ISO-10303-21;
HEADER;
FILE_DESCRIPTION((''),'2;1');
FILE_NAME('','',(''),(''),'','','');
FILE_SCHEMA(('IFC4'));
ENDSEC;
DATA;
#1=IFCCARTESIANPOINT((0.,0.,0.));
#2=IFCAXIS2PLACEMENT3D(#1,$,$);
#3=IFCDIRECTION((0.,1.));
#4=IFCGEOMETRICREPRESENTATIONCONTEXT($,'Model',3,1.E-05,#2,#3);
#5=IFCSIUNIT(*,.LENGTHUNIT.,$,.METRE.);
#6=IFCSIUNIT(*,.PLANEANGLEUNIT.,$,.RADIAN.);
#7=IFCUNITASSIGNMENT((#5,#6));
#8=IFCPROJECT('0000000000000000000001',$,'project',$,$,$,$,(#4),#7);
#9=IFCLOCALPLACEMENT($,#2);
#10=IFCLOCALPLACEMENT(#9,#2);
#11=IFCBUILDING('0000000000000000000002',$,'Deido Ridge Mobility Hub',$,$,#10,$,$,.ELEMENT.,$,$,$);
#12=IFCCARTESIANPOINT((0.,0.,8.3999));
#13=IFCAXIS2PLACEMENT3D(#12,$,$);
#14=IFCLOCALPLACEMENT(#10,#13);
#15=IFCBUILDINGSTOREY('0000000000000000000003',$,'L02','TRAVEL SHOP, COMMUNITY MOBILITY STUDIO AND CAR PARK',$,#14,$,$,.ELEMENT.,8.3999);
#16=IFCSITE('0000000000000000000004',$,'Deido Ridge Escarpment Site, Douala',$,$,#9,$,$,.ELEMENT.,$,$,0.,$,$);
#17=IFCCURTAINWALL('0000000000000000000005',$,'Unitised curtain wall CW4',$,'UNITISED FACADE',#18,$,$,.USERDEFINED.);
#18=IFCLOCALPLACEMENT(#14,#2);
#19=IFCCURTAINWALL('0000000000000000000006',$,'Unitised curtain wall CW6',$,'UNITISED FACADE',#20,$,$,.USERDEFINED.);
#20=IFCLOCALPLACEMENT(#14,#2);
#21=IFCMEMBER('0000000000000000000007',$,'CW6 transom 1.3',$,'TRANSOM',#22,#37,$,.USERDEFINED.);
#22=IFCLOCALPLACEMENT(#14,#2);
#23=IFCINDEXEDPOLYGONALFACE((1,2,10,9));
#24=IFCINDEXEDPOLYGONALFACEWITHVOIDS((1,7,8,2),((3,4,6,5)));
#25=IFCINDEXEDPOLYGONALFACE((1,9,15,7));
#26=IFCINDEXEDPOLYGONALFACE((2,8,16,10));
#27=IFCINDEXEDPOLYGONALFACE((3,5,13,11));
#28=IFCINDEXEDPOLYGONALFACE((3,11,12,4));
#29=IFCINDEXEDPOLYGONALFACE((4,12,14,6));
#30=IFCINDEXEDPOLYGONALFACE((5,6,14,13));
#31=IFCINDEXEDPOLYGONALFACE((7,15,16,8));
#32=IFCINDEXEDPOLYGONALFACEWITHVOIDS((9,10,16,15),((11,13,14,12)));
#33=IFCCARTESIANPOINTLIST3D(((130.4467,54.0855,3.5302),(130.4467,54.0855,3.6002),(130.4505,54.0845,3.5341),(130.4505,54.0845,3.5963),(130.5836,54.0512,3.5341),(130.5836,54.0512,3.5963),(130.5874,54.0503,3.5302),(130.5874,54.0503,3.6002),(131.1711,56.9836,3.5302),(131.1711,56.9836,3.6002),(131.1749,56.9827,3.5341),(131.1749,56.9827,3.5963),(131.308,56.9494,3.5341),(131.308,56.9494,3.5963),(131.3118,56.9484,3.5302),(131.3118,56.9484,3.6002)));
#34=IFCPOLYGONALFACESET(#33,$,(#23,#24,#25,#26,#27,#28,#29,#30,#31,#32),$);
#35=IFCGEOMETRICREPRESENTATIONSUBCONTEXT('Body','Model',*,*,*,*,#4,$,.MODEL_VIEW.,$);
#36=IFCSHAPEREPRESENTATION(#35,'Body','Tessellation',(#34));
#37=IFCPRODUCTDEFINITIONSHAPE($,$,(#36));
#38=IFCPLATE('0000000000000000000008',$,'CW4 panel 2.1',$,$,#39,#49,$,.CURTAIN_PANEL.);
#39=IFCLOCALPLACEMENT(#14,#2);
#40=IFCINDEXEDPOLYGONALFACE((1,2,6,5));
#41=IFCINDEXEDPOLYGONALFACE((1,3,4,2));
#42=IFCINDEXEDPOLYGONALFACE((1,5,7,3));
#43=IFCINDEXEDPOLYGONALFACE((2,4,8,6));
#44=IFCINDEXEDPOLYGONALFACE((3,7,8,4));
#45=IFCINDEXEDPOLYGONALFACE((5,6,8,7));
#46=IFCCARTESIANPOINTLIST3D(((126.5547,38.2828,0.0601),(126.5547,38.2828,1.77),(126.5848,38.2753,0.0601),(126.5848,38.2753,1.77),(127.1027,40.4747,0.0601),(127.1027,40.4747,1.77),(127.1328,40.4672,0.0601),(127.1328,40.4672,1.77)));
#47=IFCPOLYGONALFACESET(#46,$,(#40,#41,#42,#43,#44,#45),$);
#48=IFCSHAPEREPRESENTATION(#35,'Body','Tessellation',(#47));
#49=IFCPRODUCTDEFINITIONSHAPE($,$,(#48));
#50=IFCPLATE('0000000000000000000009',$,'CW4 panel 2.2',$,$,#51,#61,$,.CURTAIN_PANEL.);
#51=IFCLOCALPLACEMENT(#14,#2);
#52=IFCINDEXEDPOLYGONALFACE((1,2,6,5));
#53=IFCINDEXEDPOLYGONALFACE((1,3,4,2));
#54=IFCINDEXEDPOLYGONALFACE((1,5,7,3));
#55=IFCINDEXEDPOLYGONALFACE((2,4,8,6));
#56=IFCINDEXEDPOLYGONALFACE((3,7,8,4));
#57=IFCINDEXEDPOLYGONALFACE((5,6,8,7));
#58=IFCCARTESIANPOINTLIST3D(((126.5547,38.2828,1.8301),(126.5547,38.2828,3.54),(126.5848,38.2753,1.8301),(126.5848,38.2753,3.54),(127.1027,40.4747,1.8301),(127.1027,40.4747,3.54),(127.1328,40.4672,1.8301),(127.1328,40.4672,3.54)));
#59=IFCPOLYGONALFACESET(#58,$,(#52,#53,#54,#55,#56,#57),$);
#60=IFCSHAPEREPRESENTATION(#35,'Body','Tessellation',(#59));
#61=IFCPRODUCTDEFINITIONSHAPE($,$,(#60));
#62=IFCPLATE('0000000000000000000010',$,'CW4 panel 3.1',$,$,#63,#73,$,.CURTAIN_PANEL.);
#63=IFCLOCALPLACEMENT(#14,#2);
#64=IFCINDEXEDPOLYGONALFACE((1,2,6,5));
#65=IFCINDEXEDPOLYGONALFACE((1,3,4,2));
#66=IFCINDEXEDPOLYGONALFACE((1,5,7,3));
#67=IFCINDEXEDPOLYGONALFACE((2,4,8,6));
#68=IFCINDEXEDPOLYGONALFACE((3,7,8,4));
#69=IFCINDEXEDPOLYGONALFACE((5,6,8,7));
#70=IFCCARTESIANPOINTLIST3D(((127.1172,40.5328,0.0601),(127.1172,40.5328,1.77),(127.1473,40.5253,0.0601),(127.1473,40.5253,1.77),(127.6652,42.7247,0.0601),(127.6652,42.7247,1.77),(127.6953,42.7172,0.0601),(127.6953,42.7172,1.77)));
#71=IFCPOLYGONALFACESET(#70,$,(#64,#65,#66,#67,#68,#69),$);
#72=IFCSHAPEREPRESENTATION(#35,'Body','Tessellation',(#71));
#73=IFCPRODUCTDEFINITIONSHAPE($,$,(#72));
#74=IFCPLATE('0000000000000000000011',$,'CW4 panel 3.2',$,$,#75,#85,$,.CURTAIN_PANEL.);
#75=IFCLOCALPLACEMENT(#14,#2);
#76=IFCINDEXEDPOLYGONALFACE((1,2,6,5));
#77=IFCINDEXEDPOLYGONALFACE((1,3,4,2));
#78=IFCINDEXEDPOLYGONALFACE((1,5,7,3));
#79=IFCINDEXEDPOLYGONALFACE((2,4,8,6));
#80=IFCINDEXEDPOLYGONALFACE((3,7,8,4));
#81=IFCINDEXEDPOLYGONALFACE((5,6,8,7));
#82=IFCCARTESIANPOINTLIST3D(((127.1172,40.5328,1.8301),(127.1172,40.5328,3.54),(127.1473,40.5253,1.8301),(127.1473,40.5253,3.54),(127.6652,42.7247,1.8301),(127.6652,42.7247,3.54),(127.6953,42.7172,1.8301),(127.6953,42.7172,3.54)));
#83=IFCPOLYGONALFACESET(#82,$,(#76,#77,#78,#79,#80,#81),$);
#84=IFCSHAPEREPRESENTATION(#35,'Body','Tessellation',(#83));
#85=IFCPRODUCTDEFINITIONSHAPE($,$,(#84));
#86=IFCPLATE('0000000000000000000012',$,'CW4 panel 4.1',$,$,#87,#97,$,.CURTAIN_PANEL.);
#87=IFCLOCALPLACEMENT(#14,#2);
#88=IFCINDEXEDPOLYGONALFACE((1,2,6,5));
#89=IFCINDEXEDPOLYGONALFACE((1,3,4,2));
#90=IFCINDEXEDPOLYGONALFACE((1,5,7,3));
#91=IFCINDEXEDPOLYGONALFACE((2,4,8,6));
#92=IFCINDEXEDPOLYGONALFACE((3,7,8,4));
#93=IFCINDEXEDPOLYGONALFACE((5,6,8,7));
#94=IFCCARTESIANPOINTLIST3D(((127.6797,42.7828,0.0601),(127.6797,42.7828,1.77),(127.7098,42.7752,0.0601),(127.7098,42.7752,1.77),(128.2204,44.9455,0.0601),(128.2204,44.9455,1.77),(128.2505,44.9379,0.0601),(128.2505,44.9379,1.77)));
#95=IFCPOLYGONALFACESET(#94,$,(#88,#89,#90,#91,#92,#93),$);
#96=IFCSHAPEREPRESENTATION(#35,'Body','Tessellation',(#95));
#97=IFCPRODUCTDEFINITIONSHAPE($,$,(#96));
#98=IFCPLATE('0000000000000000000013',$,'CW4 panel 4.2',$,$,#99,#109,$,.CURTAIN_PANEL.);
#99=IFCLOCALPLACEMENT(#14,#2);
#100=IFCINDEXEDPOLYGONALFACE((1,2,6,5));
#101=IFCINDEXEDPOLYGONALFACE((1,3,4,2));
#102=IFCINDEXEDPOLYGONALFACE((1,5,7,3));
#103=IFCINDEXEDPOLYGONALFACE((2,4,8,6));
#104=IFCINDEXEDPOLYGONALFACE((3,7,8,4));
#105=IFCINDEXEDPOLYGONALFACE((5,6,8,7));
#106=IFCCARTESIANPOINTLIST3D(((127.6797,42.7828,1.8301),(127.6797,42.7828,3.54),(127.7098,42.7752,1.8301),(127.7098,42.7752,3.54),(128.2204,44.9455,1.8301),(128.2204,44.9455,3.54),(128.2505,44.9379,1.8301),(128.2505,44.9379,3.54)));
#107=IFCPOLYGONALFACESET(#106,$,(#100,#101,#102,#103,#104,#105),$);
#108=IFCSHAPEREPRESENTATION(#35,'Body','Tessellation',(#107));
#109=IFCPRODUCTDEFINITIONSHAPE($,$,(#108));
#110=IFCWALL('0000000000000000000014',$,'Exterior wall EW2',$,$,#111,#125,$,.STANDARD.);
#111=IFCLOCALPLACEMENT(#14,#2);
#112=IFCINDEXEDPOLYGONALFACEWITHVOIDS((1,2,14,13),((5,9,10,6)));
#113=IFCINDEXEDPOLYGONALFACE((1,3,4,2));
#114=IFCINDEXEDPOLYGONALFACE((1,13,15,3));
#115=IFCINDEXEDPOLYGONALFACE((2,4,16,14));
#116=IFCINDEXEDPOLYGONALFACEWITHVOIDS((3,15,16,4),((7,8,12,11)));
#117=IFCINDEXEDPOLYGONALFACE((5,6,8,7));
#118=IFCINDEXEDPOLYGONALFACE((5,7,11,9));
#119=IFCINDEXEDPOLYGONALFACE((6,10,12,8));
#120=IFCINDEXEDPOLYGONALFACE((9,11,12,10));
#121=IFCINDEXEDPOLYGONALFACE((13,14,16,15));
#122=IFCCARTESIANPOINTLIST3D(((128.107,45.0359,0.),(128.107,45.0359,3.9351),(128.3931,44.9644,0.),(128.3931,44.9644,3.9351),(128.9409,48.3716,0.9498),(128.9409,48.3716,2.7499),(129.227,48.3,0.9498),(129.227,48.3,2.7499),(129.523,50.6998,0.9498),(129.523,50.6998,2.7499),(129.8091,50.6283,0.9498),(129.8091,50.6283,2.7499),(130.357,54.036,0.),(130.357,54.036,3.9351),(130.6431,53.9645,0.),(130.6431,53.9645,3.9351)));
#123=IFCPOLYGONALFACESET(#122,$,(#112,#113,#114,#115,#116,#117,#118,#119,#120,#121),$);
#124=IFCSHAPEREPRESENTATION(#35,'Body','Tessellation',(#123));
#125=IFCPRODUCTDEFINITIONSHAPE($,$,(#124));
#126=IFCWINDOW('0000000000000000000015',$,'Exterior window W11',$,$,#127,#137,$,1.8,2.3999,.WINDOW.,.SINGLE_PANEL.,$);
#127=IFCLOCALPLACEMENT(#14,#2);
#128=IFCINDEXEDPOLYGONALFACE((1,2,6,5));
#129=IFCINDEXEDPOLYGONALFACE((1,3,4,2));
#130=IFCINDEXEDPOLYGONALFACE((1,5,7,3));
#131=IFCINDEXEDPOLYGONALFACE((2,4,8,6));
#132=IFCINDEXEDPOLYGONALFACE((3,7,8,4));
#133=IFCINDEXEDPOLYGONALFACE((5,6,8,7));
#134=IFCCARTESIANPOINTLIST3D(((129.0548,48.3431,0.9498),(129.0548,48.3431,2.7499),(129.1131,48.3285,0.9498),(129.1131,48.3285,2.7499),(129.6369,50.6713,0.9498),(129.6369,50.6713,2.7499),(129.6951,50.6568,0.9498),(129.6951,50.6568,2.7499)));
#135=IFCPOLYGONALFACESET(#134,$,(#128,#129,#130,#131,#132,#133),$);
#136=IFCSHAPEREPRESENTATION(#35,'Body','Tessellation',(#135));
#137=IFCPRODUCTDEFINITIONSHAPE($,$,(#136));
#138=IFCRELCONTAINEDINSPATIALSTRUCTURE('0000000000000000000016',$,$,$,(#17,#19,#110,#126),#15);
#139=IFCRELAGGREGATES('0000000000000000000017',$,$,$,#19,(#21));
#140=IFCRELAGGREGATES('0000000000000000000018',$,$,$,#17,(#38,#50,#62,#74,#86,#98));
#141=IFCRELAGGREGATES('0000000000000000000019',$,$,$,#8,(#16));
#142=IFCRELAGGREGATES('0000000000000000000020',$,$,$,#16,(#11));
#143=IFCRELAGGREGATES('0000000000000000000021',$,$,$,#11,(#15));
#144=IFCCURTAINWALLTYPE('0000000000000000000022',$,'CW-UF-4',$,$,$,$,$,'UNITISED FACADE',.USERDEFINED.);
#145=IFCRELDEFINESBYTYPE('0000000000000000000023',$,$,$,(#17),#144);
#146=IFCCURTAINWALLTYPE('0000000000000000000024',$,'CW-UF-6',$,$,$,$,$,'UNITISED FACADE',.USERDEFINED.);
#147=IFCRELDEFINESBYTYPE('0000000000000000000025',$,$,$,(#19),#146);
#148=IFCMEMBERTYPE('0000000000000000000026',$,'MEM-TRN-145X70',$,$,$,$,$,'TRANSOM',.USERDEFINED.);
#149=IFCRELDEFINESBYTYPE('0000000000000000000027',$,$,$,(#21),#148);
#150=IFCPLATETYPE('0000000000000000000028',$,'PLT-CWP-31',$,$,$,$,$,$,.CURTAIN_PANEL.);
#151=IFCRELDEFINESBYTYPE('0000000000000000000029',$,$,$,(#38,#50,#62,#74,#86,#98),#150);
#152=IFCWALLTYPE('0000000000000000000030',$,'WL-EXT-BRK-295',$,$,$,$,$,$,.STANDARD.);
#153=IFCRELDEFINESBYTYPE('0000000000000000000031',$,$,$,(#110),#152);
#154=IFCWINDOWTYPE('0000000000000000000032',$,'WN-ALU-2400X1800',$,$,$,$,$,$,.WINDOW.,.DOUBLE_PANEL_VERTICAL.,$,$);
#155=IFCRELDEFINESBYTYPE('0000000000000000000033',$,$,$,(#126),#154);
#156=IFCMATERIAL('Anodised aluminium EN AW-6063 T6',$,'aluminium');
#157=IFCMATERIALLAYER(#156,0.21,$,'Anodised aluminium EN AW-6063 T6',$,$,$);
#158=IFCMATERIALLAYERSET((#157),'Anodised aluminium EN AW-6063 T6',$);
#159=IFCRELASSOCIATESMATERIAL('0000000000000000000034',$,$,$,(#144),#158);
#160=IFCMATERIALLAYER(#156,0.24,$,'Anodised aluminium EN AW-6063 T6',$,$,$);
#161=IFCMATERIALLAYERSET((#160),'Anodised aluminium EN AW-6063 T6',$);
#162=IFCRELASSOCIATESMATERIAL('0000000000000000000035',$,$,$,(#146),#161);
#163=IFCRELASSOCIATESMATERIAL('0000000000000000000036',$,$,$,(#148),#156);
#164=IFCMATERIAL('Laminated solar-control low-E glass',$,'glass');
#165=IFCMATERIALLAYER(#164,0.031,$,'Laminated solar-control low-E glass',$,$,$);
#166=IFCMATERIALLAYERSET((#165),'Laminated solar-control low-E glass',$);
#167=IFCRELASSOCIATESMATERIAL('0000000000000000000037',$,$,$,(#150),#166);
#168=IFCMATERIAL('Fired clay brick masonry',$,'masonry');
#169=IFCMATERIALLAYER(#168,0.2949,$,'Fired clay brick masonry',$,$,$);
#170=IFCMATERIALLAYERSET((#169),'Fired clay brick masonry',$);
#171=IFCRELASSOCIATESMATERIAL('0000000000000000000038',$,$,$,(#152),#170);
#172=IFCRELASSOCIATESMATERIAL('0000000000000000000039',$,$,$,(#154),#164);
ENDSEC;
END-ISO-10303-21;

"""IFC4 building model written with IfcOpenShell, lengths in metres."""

from ifc_helpers import new_model, si_unit, direction, frame, frame_2d, origin, origin_2d, place, context, subcontext, project, spatial, rectangle, hollow_rectangle, extrude, material, layer, layer_set, material_profile, profile_set, type_object, element, fill, aggregate, save


model = new_model("IFC4")

# Units and contexts
model_context = context("Model", 3, precision=1e-05, world=origin(), true_north=direction((0.0, 1.0)))
body_context = subcontext(model_context, "Body", "Model", "MODEL_VIEW")
ifc_project = project(units=[si_unit("LENGTHUNIT", "METRE"), si_unit("PLANEANGLEUNIT", "RADIAN")], contexts=[model_context])

# Site, building, storey
site_placement = place(None, origin())
site = spatial("IfcSite", under=ifc_project, at=site_placement, Name="Deido Ridge Escarpment Site, Douala", CompositionType="ELEMENT", RefElevation=0.0)
building_placement = place(site_placement, origin())
building = spatial("IfcBuilding", under=site, at=building_placement, Name="Deido Ridge Mobility Hub", CompositionType="ELEMENT")
storey_placement = place(building_placement, frame((0.0, 0.0, 8.3999)))
storey = spatial("IfcBuildingStorey", under=building, at=storey_placement, Name="L02", Description="TRAVEL SHOP, COMMUNITY MOBILITY STUDIO AND CAR PARK", CompositionType="ELEMENT", Elevation=8.3999)

# Curtain wall
ifc_material_1 = material(Name="Anodised aluminium EN AW-6063 T6", Category="aluminium")
ifc_layer_1 = layer(ifc_material_1, 0.21, Name="Anodised aluminium EN AW-6063 T6")
ifc_layer_set_1 = layer_set([ifc_layer_1], Name="Anodised aluminium EN AW-6063 T6")
curtain_wall_type_1 = type_object("IfcCurtainWallType", Name="CW-UF-4", ElementType="UNITISED FACADE", PredefinedType="USERDEFINED", material=ifc_layer_set_1)
curtain_wall_1_placement = place(storey_placement, origin())
curtain_wall_1 = element("IfcCurtainWall", 1, at=curtain_wall_1_placement, inside=storey, type_object=curtain_wall_type_1, Name="Unitised curtain wall CW4", ObjectType="UNITISED FACADE", PredefinedType="USERDEFINED")

# Curtain wall
ifc_layer_2 = layer(ifc_material_1, 0.24, Name="Anodised aluminium EN AW-6063 T6")
ifc_layer_set_2 = layer_set([ifc_layer_2], Name="Anodised aluminium EN AW-6063 T6")
curtain_wall_type_2 = type_object("IfcCurtainWallType", Name="CW-UF-6", ElementType="UNITISED FACADE", PredefinedType="USERDEFINED", material=ifc_layer_set_2)
curtain_wall_2_placement = place(storey_placement, origin())
curtain_wall_2 = element("IfcCurtainWall", 2, at=curtain_wall_2_placement, inside=storey, type_object=curtain_wall_type_2, Name="Unitised curtain wall CW6", ObjectType="UNITISED FACADE", PredefinedType="USERDEFINED")

# Member
ifc_material_profile_1 = material_profile(ifc_material_1, hollow_rectangle(XDim=0.145, YDim=0.0701, WallThickness=0.0039, at=origin_2d()), Name="RHS 145x70x4")
ifc_profile_set_1 = profile_set([ifc_material_profile_1], Name="Anodised aluminium EN AW-6063 T6")
member_type_1 = type_object("IfcMemberType", Name="MEM-TRN-145X70", ElementType="TRANSOM", PredefinedType="USERDEFINED", material=ifc_profile_set_1)
member_1_placement = place(storey_placement, frame((130.5171, 54.0679, 3.5652), z_axis=(0.242478, 0.970157, 0.0), x_axis=(-0.970157, 0.242478, 0.0)))
member_1 = element("IfcMember", 3, at=member_1_placement, type_object=member_type_1, Name="CW6 transom 1.3", ObjectType="TRANSOM", PredefinedType="USERDEFINED", context=body_context, shape_type="SweptSolid", body=[
    extrude(hollow_rectangle(XDim=0.145, YDim=0.0701, WallThickness=0.0039, at=origin_2d()), origin(), (0.0, 0.0, 1.0), 2.9873),
])
aggregate(curtain_wall_2, [member_1])

# Plates
ifc_material_2 = material(Name="Laminated solar-control low-E glass", Category="glass")
ifc_layer_3 = layer(ifc_material_2, 0.031, Name="Laminated solar-control low-E glass")
ifc_layer_set_3 = layer_set([ifc_layer_3], Name="Laminated solar-control low-E glass")
plate_type = type_object("IfcPlateType", Name="PLT-CWP-31", PredefinedType="CURTAIN_PANEL", material=ifc_layer_set_3)
plate_1_placement = place(storey_placement, frame((126.8438, 39.375, 0.0601), z_axis=(0.0, 0.0, 1.0), x_axis=(0.242536, 0.970143, 0.0)))
plate_1 = element("IfcPlate", 4, at=plate_1_placement, type_object=plate_type, Name="CW4 panel 2.1", PredefinedType="CURTAIN_PANEL", context=body_context, shape_type="SweptSolid", body=[
    extrude(rectangle(XDim=2.2593, YDim=0.031, at=origin_2d()), origin(), (0.0, 0.0, 1.0), 1.71),
])
plate_2_placement = place(storey_placement, frame((126.8438, 39.375, 1.8301), z_axis=(0.0, 0.0, 1.0), x_axis=(0.242536, 0.970143, 0.0)))
plate_2 = element("IfcPlate", 5, at=plate_2_placement, type_object=plate_type, Name="CW4 panel 2.2", PredefinedType="CURTAIN_PANEL", context=body_context, shape_type="SweptSolid", body=[
    extrude(rectangle(XDim=2.2593, YDim=0.031, at=origin_2d()), origin(), (0.0, 0.0, 1.0), 1.71),
])
plate_3_placement = place(storey_placement, frame((127.4062, 41.625, 0.0601), z_axis=(0.0, 0.0, 1.0), x_axis=(0.242536, 0.970143, 0.0)))
plate_3 = element("IfcPlate", 6, at=plate_3_placement, type_object=plate_type, Name="CW4 panel 3.1", PredefinedType="CURTAIN_PANEL", context=body_context, shape_type="SweptSolid", body=[
    extrude(rectangle(XDim=2.2593, YDim=0.031, at=origin_2d()), origin(), (0.0, 0.0, 1.0), 1.71),
])
plate_4_placement = place(storey_placement, frame((127.4062, 41.625, 1.8301), z_axis=(0.0, 0.0, 1.0), x_axis=(0.242536, 0.970143, 0.0)))
plate_4 = element("IfcPlate", 7, at=plate_4_placement, type_object=plate_type, Name="CW4 panel 3.2", PredefinedType="CURTAIN_PANEL", context=body_context, shape_type="SweptSolid", body=[
    extrude(rectangle(XDim=2.2593, YDim=0.031, at=origin_2d()), origin(), (0.0, 0.0, 1.0), 1.71),
])
plate_5_placement = place(storey_placement, frame((127.9651, 43.8604, 0.0601), z_axis=(0.0, 0.0, 1.0), x_axis=(0.242536, 0.970143, 0.0)))
plate_5 = element("IfcPlate", 8, at=plate_5_placement, type_object=plate_type, Name="CW4 panel 4.1", PredefinedType="CURTAIN_PANEL", context=body_context, shape_type="SweptSolid", body=[
    extrude(rectangle(XDim=2.2292, YDim=0.031, at=origin_2d()), origin(), (0.0, 0.0, 1.0), 1.71),
])
plate_6_placement = place(storey_placement, frame((127.9651, 43.8604, 1.8301), z_axis=(0.0, 0.0, 1.0), x_axis=(0.242536, 0.970143, 0.0)))
plate_6 = element("IfcPlate", 9, at=plate_6_placement, type_object=plate_type, Name="CW4 panel 4.2", PredefinedType="CURTAIN_PANEL", context=body_context, shape_type="SweptSolid", body=[
    extrude(rectangle(XDim=2.2292, YDim=0.031, at=origin_2d()), origin(), (0.0, 0.0, 1.0), 1.71),
])
aggregate(curtain_wall_1, [plate_1, plate_2, plate_3, plate_4, plate_5, plate_6])

# Wall, opening, window
ifc_material_3 = material(Name="Fired clay brick masonry", Category="masonry")
ifc_layer_4 = layer(ifc_material_3, 0.2949, Name="Fired clay brick masonry")
ifc_layer_set_4 = layer_set([ifc_layer_4], Name="Fired clay brick masonry")
wall_type = type_object("IfcWallType", Name="WL-EXT-BRK-295", PredefinedType="STANDARD", material=ifc_layer_set_4)
wall_placement = place(storey_placement, frame((128.25, 45.0, 0.0), z_axis=(0.0, 0.0, 1.0), x_axis=(0.242536, 0.970143, 0.0)))
wall = element("IfcWall", 10, at=wall_placement, inside=storey, type_object=wall_type, Name="Exterior wall EW2", PredefinedType="STANDARD", context=body_context, shape_type="SweptSolid", body=[
    extrude(rectangle(XDim=9.2771, YDim=0.2949, at=frame_2d((4.6387, 0.0))), origin(), (0.0, 0.0, 1.0), 3.9351),
])
opening_placement = place(wall_placement, frame((3.4385, 0.0, 0.95)))
opening = element("IfcOpeningElement", 11, at=opening_placement, cuts=wall, PredefinedType="OPENING", context=body_context, shape_type="SweptSolid", body=[
    extrude(rectangle(XDim=2.3999, YDim=1.8, at=frame_2d((1.2, 0.8999))), frame((0.0, 0.1575, 0.0), z_axis=(0.0, -1.0, 0.0), x_axis=(1.0, 0.0, 0.0)), (0.0, 0.0, 1.0), 0.3149),
])
window_type = type_object("IfcWindowType", Name="WN-ALU-2400X1800", PartitioningType="DOUBLE_PANEL_VERTICAL", PredefinedType="WINDOW", material=ifc_material_2)
window_placement = place(opening_placement, origin())
window = element("IfcWindow", 12, at=window_placement, inside=storey, type_object=window_type, Name="Exterior window W11", OverallHeight=1.8, OverallWidth=2.3999, PartitioningType="SINGLE_PANEL", PredefinedType="WINDOW", context=body_context, shape_type="SweptSolid", body=[
    extrude(rectangle(XDim=2.3999, YDim=1.8, at=frame_2d((1.2, 0.8999))), frame((0.0, 0.03, 0.0), z_axis=(0.0, -1.0, 0.0), x_axis=(1.0, 0.0, 0.0)), (0.0, 0.0, 1.0), 0.0601),
])
fill(opening, window)

save(model, "model.ifc")
